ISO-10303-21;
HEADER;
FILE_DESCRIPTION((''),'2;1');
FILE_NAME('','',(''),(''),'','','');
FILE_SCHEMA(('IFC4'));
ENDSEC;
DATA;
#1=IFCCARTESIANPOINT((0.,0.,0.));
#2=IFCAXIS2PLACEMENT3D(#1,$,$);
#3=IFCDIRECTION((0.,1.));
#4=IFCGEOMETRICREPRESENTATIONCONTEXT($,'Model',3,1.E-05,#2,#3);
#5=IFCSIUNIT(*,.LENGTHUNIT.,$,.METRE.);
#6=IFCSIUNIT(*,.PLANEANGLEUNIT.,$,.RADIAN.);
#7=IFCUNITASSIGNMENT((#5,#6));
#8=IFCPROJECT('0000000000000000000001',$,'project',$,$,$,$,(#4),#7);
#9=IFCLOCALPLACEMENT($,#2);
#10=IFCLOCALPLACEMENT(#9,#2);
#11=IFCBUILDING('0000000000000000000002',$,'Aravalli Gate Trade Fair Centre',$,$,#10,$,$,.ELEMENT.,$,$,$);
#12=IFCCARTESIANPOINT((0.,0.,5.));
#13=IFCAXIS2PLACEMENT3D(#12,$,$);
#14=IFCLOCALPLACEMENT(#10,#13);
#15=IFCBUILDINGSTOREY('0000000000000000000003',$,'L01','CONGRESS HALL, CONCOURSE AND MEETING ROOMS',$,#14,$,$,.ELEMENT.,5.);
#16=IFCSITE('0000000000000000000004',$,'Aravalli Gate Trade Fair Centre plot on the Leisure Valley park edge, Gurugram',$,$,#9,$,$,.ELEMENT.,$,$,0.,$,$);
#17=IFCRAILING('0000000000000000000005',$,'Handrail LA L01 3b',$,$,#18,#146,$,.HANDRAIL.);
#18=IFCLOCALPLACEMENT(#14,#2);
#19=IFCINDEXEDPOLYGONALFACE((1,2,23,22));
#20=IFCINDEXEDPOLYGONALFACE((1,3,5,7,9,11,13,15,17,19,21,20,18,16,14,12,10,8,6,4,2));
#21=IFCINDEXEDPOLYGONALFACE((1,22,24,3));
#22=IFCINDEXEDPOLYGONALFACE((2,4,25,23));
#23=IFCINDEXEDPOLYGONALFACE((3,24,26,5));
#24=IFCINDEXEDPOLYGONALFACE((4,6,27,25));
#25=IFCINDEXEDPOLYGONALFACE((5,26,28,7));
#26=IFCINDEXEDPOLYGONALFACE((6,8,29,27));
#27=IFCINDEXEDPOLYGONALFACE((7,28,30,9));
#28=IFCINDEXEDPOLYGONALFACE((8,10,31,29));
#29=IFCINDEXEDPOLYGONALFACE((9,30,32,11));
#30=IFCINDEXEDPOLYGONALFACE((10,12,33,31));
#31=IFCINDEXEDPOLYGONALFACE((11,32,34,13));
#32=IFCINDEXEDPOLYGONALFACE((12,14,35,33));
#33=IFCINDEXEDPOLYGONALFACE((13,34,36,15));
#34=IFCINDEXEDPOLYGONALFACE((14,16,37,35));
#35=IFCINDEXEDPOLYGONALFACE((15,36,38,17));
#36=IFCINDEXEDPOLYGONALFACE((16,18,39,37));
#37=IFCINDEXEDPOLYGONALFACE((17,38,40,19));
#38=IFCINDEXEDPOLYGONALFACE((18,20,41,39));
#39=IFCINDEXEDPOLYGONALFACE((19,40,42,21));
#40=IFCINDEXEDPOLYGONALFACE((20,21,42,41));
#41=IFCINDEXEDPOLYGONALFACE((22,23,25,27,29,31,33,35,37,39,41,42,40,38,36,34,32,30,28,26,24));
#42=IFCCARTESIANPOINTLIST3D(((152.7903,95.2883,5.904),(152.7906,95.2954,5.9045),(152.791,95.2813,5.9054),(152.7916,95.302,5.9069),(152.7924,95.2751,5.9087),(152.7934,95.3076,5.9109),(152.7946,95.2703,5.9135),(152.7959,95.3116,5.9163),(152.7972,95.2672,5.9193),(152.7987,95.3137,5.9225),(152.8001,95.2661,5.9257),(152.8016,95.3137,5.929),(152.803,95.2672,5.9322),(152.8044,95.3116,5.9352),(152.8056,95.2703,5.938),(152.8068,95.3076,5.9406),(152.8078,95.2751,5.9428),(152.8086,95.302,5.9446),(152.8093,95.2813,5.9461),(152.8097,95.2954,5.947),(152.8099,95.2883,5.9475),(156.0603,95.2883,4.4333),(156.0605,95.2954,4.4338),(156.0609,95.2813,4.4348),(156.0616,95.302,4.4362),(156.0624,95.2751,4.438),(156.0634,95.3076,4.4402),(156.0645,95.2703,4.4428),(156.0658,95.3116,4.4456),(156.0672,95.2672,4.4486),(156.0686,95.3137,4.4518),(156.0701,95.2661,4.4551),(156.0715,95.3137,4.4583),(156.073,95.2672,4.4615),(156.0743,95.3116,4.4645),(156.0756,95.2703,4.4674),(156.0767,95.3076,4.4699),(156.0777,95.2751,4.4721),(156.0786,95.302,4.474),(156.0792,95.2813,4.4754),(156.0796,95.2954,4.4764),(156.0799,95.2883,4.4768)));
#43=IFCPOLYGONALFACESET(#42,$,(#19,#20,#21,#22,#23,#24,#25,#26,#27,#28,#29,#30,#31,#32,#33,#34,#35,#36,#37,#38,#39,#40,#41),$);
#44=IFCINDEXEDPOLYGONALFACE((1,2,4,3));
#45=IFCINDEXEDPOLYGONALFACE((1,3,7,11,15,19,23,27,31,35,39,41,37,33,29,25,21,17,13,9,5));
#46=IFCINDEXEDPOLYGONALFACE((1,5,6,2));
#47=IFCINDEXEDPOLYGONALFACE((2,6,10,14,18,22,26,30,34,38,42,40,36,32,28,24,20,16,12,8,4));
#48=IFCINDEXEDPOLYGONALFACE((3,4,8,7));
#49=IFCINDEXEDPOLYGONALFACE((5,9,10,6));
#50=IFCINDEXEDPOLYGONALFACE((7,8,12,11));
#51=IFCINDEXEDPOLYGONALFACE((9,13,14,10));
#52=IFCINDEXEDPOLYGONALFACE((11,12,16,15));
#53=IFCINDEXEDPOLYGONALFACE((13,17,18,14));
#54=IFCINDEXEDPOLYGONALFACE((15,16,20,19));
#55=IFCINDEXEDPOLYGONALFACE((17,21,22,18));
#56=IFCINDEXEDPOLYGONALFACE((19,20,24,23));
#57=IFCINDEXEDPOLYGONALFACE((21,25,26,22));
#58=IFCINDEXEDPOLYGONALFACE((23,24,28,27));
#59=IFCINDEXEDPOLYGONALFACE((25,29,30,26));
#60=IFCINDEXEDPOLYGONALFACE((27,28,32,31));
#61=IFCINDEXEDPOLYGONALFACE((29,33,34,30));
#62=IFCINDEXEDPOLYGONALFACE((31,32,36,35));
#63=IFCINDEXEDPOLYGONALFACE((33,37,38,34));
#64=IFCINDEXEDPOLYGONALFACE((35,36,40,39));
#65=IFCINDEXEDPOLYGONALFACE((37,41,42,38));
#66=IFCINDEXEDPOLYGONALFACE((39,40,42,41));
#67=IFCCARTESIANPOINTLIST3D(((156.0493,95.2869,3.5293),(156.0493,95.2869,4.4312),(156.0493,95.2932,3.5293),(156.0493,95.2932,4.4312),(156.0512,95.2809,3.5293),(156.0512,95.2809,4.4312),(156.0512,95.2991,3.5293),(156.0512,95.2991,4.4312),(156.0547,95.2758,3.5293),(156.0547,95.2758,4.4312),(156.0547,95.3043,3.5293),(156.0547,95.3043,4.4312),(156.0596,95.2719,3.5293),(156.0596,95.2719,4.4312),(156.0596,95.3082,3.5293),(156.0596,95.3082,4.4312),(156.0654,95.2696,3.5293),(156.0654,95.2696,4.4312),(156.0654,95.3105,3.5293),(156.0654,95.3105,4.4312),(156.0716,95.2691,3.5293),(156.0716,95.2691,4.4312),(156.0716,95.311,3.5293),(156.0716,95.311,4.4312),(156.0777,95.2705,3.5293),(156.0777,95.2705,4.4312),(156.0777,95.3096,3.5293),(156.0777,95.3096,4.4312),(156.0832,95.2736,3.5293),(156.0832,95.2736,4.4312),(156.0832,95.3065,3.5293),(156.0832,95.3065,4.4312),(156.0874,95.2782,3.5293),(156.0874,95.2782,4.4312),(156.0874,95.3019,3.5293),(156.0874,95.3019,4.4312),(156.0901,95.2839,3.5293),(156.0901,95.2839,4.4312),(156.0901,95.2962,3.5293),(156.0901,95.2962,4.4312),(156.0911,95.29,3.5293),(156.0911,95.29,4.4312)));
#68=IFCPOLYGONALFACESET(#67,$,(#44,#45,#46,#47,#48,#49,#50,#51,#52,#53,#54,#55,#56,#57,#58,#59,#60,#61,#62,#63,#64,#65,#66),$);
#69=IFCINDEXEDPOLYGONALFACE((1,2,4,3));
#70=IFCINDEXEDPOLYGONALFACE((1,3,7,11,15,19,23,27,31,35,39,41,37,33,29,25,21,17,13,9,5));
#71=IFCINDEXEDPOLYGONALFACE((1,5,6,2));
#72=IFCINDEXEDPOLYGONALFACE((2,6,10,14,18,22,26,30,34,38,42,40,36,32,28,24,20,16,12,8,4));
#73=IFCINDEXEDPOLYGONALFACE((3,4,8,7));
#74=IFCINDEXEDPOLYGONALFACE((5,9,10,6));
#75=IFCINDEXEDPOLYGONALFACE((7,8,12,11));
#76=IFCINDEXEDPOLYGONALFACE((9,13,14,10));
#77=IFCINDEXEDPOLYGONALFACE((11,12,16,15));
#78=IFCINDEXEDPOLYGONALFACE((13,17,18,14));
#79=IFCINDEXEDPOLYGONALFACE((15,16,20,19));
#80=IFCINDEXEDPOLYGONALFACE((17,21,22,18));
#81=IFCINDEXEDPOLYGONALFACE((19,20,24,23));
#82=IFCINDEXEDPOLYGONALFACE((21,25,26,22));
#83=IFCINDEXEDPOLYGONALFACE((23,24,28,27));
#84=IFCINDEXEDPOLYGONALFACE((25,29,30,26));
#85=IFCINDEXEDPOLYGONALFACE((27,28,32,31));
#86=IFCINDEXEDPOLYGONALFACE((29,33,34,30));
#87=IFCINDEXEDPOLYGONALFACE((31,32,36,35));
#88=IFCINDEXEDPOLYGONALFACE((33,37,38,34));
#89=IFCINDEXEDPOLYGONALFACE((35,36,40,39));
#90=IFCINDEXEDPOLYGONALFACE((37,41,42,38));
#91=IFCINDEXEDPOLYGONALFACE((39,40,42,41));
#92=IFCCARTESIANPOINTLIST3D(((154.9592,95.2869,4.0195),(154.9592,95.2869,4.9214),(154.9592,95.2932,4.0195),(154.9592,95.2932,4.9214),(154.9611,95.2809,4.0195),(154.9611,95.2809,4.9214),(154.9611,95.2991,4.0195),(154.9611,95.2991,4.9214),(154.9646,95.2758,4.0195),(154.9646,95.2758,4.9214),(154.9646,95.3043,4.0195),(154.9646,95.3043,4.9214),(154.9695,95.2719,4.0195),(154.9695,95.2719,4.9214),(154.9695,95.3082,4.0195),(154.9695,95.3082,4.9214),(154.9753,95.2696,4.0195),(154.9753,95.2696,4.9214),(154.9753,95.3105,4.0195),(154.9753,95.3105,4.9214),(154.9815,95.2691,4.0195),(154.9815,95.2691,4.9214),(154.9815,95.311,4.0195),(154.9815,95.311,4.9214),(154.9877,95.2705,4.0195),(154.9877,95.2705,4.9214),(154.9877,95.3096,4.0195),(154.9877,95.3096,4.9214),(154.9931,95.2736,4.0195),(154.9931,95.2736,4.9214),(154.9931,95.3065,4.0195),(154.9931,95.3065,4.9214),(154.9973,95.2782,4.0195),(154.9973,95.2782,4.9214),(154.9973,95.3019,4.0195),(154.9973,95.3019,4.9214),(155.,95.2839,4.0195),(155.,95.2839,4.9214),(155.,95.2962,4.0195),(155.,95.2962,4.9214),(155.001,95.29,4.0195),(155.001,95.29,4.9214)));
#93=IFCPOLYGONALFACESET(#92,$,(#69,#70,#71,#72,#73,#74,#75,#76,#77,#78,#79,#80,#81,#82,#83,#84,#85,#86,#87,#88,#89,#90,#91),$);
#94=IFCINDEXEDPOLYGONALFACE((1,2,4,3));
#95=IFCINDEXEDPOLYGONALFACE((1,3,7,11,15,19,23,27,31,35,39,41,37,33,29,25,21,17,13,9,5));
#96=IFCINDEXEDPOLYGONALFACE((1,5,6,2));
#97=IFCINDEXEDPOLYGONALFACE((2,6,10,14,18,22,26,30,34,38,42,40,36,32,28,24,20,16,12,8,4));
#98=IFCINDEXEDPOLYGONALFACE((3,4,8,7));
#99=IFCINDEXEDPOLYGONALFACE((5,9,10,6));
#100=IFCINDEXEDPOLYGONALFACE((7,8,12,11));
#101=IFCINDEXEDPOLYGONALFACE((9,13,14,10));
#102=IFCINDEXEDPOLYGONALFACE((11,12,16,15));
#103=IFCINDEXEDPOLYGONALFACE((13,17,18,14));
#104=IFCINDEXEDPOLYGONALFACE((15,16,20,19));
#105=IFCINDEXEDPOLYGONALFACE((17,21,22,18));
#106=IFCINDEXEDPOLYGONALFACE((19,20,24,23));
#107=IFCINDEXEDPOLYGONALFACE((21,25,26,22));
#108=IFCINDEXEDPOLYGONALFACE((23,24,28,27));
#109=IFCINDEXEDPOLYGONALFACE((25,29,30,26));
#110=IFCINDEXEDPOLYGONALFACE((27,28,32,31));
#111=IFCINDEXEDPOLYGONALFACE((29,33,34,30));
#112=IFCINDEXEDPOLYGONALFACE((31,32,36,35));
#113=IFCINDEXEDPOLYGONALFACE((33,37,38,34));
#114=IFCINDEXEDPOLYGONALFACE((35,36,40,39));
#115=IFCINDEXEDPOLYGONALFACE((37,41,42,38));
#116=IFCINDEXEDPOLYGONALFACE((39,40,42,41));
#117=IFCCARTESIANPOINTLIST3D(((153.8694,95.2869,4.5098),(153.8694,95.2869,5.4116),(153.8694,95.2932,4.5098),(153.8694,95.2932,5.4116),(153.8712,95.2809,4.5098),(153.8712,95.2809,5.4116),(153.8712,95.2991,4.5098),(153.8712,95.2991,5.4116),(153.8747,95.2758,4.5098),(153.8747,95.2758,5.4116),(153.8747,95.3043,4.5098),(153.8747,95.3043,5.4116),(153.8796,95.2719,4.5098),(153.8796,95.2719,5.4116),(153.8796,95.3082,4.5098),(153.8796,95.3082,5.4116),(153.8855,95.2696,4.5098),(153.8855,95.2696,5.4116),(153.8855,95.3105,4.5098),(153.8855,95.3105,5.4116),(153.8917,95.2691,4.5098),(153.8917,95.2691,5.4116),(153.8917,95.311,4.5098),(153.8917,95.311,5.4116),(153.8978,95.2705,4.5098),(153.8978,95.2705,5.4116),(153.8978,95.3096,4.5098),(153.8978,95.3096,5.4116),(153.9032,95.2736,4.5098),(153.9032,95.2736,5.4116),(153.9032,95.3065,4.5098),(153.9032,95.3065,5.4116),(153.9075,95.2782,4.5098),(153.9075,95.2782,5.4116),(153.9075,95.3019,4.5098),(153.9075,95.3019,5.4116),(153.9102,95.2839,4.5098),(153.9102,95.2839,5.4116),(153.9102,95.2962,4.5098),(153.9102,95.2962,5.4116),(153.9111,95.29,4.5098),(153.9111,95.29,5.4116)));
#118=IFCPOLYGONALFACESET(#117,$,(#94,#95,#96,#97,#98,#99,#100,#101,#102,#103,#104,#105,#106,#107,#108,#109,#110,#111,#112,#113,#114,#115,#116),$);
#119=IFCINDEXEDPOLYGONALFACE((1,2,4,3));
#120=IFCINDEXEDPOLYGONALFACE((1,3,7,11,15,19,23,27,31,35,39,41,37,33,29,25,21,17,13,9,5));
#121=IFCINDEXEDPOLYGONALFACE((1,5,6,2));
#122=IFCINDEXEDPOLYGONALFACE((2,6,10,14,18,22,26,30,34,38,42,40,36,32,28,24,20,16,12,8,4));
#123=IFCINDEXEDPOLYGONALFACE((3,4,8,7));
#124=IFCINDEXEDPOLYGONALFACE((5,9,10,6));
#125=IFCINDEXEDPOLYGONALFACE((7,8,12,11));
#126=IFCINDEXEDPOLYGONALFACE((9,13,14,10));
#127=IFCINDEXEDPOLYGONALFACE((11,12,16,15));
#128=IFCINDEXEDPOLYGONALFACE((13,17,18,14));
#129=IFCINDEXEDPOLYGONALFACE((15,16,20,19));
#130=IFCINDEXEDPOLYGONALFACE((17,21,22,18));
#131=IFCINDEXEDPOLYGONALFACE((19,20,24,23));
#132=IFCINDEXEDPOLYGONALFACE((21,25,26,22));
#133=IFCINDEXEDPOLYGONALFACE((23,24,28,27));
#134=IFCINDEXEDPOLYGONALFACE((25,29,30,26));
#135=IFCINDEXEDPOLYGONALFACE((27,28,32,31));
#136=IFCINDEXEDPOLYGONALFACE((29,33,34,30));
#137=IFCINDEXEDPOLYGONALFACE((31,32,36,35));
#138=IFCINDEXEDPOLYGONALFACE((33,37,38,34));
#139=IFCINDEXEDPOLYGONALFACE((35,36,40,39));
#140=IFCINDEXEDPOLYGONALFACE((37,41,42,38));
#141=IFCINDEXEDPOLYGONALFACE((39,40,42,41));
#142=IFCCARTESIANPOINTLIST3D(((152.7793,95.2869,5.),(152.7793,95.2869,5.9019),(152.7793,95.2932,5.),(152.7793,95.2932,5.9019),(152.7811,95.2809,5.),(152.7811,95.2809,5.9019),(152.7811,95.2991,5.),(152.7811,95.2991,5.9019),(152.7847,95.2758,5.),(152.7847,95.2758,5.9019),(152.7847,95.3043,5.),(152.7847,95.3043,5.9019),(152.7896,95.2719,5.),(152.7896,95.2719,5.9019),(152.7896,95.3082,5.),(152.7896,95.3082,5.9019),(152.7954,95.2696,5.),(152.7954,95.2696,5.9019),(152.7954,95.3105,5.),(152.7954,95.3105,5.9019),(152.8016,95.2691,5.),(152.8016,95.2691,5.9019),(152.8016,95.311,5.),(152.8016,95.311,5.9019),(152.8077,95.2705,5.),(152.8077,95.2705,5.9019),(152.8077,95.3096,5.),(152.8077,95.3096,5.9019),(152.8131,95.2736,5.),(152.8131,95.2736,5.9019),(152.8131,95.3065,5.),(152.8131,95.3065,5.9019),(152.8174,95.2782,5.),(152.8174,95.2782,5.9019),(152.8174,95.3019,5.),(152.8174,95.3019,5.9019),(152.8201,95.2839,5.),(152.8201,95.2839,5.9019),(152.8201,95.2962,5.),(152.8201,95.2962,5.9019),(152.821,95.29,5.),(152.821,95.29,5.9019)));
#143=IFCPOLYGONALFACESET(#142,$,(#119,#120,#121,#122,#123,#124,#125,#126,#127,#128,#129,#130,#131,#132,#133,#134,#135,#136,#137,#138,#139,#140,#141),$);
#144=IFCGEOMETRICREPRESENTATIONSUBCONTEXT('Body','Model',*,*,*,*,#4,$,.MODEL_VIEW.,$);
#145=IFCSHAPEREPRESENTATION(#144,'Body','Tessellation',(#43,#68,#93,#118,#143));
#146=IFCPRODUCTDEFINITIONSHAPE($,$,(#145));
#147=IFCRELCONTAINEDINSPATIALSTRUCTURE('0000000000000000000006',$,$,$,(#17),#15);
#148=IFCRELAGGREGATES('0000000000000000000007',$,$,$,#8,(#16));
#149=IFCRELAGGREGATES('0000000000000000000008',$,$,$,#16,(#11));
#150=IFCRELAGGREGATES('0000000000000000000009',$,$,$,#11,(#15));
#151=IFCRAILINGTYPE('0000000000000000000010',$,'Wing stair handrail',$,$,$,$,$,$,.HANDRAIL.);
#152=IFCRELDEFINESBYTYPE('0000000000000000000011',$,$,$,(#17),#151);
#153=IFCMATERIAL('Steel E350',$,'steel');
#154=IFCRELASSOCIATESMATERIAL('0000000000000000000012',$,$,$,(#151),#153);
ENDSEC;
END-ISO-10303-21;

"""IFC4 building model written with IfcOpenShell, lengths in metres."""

from ifc_helpers import new_model, si_unit, direction, frame, origin, origin_2d, place, context, subcontext, project, spatial, circle, extrude, material, type_object, element, save


model = new_model("IFC4")

# Units and contexts
model_context = context("Model", 3, precision=1e-05, world=origin(), true_north=direction((0.0, 1.0)))
body_context = subcontext(model_context, "Body", "Model", "MODEL_VIEW")
ifc_project = project(units=[si_unit("LENGTHUNIT", "METRE"), si_unit("PLANEANGLEUNIT", "RADIAN")], contexts=[model_context])

# Site, building, storey
site_placement = place(None, origin())
site = spatial("IfcSite", under=ifc_project, at=site_placement, Name="Aravalli Gate Trade Fair Centre plot on the Leisure Valley park edge, Gurugram", CompositionType="ELEMENT", RefElevation=0.0)
building_placement = place(site_placement, origin())
building = spatial("IfcBuilding", under=site, at=building_placement, Name="Aravalli Gate Trade Fair Centre", CompositionType="ELEMENT")
storey_placement = place(building_placement, frame((0.0, 0.0, 5.0)))
storey = spatial("IfcBuildingStorey", under=building, at=storey_placement, Name="L01", Description="CONGRESS HALL, CONCOURSE AND MEETING ROOMS", CompositionType="ELEMENT", Elevation=5.0)

# Shared definitions
ifc_material_1 = material(Name="Steel E350", Category="steel")

# Railing
railing_type_1 = type_object("IfcRailingType", Name="Wing stair handrail", PredefinedType="HANDRAIL", material=ifc_material_1)
for number, where, name in (
    (1, (156.0701, 95.29, 3.5293), "Handrail LA L01 3b"),
):
    element("IfcRailing", number, at=place(storey_placement, frame(where)), inside=storey, type_object=railing_type_1, Name=name, PredefinedType="HANDRAIL", context=body_context, shape_type="SweptSolid", body=[
        extrude(circle(Radius=0.0239, at=origin_2d()), frame((0.0, 0.0, 0.9258), z_axis=(-0.912006, 0.0, 0.410178), x_axis=(0.0, -1.0, 0.0)), (0.0, 0.0, 1.0), 3.5854),
        extrude(circle(Radius=0.021, at=origin_2d()), origin(), (0.0, 0.0, 1.0), 0.9019),
        extrude(circle(Radius=0.021, at=origin_2d()), frame((-1.0901, 0.0, 0.4902)), (0.0, 0.0, 1.0), 0.9019),
        extrude(circle(Radius=0.021, at=origin_2d()), frame((-2.1799, 0.0, 0.9805)), (0.0, 0.0, 1.0), 0.9019),
        extrude(circle(Radius=0.021, at=origin_2d()), frame((-3.27, 0.0, 1.4707)), (0.0, 0.0, 1.0), 0.9019),
    ])

save(model, "model.ifc")
